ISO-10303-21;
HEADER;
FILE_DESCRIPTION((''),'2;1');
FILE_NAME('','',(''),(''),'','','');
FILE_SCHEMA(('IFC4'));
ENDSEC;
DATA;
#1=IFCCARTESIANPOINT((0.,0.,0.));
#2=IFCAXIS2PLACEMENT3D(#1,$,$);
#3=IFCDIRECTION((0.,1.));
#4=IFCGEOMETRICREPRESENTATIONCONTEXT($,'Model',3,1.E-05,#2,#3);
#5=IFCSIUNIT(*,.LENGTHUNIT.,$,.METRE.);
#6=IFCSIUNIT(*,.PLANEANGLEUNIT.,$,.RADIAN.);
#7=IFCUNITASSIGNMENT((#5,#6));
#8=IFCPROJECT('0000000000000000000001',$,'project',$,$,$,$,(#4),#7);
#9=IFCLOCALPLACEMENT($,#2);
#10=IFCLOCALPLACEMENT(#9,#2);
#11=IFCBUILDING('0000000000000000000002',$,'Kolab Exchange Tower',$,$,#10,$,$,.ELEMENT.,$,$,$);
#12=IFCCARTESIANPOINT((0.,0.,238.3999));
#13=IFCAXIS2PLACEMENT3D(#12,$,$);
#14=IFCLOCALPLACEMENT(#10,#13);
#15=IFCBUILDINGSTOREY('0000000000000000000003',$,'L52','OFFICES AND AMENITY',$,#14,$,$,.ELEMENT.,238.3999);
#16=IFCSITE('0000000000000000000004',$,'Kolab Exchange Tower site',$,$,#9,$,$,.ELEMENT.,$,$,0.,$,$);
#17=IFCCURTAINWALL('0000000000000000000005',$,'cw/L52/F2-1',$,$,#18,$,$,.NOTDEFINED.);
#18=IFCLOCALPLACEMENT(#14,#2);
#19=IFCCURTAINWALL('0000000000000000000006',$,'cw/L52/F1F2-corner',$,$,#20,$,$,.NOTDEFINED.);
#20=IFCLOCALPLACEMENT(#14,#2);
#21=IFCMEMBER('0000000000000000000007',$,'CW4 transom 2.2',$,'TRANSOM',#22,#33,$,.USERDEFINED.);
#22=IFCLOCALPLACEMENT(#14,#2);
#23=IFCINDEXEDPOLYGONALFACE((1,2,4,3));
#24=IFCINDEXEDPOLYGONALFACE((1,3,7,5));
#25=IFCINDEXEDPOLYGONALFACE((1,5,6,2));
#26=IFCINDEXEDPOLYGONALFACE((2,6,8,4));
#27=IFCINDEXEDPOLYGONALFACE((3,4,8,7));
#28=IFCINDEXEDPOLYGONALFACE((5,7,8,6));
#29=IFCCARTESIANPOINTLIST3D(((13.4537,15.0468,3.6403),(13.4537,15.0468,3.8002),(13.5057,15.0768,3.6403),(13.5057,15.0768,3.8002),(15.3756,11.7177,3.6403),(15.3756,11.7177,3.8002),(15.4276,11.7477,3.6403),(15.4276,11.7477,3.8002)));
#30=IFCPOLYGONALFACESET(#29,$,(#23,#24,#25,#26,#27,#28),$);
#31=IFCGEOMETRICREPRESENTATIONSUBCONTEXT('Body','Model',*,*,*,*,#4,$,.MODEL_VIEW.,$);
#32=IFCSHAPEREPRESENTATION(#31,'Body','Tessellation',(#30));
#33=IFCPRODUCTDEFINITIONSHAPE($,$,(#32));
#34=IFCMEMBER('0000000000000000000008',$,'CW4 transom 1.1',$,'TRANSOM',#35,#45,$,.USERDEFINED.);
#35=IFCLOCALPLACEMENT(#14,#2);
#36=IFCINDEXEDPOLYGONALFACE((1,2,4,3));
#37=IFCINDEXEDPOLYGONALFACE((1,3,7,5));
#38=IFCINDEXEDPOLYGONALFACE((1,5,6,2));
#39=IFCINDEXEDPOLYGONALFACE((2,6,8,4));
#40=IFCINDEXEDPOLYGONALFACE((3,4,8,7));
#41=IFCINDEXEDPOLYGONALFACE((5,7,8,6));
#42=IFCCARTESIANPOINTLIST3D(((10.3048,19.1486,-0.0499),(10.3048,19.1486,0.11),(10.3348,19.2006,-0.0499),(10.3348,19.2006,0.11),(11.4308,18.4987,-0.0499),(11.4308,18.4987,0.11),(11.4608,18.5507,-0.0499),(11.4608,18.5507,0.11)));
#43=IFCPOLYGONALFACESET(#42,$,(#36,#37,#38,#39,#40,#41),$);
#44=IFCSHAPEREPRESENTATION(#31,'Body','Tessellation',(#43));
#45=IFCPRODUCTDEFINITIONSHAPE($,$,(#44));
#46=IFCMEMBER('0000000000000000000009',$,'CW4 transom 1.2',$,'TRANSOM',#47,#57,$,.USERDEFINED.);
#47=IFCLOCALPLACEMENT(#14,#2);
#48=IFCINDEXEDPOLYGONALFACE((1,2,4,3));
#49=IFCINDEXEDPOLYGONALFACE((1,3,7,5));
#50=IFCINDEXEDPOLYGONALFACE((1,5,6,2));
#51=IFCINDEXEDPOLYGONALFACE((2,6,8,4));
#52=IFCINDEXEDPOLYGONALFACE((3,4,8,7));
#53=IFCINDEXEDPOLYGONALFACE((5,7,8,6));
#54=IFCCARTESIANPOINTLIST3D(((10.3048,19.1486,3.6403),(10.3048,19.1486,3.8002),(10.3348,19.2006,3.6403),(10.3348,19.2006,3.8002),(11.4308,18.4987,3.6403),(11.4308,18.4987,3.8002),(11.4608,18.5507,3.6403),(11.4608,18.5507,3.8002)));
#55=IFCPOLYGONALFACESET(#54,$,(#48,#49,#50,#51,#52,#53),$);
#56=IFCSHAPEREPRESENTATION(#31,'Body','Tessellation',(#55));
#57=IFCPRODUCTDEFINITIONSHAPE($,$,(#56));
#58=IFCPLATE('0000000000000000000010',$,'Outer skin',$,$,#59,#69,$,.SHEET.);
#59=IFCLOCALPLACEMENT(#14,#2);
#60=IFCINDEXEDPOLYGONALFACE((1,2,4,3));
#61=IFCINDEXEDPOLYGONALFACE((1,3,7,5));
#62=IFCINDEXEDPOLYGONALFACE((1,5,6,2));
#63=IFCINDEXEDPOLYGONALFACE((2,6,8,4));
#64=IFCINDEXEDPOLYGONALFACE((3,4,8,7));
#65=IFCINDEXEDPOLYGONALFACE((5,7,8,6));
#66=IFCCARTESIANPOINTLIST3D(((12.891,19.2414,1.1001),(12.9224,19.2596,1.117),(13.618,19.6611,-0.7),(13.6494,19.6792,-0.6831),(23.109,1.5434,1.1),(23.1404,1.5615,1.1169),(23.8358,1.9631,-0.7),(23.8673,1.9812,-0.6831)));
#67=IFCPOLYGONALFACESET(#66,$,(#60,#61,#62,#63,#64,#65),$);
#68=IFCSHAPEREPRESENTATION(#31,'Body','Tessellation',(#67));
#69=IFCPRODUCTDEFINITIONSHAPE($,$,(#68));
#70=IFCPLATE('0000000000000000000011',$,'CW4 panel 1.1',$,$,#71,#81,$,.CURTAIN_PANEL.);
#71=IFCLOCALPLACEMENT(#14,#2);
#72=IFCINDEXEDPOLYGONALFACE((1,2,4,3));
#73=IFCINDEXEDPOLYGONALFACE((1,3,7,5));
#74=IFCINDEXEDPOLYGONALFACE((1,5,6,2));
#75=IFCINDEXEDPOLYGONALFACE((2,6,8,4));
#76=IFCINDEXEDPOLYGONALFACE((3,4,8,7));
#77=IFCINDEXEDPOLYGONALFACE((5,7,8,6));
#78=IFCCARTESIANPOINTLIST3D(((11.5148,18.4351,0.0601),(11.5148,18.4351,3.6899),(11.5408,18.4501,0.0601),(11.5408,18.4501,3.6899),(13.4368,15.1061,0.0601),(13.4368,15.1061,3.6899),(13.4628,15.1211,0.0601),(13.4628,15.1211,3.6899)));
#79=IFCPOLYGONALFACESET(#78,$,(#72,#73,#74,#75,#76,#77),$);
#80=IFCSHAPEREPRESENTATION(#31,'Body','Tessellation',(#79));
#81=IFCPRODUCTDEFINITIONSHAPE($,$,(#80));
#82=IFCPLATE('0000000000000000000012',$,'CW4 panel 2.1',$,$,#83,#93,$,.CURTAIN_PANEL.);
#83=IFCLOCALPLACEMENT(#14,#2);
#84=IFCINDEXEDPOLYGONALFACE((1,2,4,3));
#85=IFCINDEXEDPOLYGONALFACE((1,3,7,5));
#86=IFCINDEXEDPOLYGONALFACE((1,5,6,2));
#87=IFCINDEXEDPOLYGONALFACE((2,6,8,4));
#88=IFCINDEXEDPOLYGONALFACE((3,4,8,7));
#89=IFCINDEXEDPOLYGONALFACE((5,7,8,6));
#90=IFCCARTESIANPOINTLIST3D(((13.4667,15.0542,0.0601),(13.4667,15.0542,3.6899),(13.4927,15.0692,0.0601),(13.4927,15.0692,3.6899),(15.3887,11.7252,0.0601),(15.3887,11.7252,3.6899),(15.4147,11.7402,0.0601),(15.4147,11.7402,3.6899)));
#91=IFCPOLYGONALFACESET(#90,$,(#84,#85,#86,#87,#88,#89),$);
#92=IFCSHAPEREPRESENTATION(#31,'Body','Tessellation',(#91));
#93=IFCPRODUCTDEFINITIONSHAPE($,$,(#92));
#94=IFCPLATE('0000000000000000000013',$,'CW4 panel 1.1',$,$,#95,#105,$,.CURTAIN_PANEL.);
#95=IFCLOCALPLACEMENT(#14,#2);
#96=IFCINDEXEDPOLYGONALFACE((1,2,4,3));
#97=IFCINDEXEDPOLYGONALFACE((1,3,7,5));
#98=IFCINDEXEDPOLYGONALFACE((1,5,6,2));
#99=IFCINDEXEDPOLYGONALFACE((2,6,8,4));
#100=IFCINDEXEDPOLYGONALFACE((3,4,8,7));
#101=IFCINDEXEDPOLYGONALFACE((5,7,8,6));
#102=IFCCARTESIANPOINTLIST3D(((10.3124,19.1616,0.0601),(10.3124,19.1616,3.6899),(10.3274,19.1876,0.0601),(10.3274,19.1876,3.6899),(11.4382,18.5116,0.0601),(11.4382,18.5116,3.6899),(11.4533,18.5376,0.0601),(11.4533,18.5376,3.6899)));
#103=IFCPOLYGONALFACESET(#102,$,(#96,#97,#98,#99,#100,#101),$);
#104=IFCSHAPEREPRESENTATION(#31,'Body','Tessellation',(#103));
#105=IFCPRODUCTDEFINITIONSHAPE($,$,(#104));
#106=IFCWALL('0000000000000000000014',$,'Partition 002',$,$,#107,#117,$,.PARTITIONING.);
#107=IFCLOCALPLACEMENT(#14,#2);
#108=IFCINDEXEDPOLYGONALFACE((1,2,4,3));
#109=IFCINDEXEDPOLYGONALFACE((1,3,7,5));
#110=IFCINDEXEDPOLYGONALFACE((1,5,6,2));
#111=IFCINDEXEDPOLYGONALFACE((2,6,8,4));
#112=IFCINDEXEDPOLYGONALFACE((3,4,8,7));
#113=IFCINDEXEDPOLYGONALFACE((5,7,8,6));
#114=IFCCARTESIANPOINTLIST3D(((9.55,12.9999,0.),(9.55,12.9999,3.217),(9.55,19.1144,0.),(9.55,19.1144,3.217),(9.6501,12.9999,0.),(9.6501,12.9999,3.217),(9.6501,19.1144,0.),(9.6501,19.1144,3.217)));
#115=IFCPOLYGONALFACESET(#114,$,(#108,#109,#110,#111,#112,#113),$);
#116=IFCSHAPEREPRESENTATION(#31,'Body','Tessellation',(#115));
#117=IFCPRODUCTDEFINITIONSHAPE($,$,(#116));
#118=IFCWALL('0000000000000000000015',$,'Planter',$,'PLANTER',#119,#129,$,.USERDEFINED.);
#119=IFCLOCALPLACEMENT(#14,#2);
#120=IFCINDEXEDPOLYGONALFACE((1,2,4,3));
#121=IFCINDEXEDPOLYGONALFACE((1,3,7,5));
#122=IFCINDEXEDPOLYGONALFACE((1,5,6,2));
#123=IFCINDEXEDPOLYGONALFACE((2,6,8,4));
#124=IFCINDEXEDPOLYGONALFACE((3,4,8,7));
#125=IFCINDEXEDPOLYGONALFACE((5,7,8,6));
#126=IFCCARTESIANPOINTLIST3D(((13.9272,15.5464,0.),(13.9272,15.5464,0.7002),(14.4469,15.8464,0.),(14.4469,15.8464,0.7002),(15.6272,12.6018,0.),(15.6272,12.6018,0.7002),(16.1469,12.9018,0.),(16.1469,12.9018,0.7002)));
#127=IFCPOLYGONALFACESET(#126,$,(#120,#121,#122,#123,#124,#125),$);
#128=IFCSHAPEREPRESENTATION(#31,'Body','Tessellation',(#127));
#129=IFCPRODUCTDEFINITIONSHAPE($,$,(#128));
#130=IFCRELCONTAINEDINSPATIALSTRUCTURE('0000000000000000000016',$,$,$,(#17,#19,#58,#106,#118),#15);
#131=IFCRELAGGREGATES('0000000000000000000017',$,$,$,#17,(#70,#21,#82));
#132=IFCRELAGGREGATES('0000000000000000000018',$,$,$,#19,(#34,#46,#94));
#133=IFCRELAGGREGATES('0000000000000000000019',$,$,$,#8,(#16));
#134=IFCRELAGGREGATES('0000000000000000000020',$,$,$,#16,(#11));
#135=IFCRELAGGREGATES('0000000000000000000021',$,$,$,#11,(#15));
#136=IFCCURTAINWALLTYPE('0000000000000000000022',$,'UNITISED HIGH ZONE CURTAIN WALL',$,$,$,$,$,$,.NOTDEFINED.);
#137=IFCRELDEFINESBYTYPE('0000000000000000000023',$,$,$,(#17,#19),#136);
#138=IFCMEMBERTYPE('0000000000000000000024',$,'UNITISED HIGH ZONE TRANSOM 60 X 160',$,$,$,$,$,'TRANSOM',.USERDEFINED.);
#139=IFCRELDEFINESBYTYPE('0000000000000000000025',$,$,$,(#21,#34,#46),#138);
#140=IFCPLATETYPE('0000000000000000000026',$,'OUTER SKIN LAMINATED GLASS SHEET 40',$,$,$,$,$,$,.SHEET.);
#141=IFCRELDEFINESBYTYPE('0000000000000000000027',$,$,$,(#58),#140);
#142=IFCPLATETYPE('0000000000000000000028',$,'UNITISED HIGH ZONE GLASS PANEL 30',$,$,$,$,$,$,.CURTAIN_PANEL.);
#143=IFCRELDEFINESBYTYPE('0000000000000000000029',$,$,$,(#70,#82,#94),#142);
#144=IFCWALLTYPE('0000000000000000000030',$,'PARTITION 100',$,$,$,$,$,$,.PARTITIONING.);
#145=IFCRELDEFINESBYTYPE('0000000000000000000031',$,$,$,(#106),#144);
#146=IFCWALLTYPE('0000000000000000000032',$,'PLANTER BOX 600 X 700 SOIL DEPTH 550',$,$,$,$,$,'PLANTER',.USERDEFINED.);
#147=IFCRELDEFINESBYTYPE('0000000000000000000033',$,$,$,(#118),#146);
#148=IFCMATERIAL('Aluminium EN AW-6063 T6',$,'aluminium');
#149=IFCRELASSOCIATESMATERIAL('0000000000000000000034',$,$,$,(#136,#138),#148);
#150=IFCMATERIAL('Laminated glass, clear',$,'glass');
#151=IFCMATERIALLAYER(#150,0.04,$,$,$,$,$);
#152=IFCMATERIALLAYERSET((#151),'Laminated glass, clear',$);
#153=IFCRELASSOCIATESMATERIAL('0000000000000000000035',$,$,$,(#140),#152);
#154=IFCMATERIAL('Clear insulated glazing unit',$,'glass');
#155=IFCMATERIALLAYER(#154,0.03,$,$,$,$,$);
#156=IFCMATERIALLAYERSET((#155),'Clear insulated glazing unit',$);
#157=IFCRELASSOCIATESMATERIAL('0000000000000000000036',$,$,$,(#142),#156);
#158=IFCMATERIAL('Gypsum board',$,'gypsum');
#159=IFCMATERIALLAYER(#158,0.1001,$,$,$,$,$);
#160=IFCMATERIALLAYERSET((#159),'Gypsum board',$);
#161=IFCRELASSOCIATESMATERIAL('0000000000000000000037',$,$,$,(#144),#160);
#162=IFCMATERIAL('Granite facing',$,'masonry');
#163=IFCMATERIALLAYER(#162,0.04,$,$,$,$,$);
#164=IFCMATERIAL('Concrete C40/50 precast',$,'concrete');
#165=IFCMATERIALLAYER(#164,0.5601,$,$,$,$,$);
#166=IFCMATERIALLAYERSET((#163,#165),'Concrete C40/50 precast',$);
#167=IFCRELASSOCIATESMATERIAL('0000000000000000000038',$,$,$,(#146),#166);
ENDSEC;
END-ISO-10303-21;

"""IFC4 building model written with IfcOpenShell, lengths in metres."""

from ifc_helpers import new_model, si_unit, direction, frame, frame_2d, origin, origin_2d, place, context, subcontext, project, spatial, polyline, rectangle, outline, extrude, material, layer, layer_set, material_profile, profile_set, type_object, element, aggregate, save


model = new_model("IFC4")

# Units and contexts
model_context = context("Model", 3, precision=1e-05, world=origin(), true_north=direction((0.0, 1.0)))
body_context = subcontext(model_context, "Body", "Model", "MODEL_VIEW")
ifc_project = project(units=[si_unit("LENGTHUNIT", "METRE"), si_unit("PLANEANGLEUNIT", "RADIAN")], contexts=[model_context])

# Site, building, storey
site_placement = place(None, origin())
site = spatial("IfcSite", under=ifc_project, at=site_placement, Name="Kolab Exchange Tower site", CompositionType="ELEMENT", RefElevation=0.0)
building_placement = place(site_placement, origin())
building = spatial("IfcBuilding", under=site, at=building_placement, Name="Kolab Exchange Tower", CompositionType="ELEMENT")
storey_placement = place(building_placement, frame((0.0, 0.0, 238.3999)))
storey = spatial("IfcBuildingStorey", under=building, at=storey_placement, Name="L52", Description="OFFICES AND AMENITY", CompositionType="ELEMENT", Elevation=238.3999)

# Shared definitions
ifc_material_1 = material(Name="Aluminium EN AW-6063 T6", Category="aluminium")
curtain_wall_type = type_object("IfcCurtainWallType", Name="UNITISED HIGH ZONE CURTAIN WALL", PredefinedType="NOTDEFINED", material=ifc_material_1)

# Curtain walls
curtain_wall_1_placement = place(storey_placement, origin())
curtain_wall_1 = element("IfcCurtainWall", 1, at=curtain_wall_1_placement, inside=storey, type_object=curtain_wall_type, Name="cw/L52/F2-1", PredefinedType="NOTDEFINED")
curtain_wall_2_placement = place(storey_placement, origin())
curtain_wall_2 = element("IfcCurtainWall", 2, at=curtain_wall_2_placement, inside=storey, type_object=curtain_wall_type, Name="cw/L52/F1F2-corner", PredefinedType="NOTDEFINED")

# Members
ifc_material_profile_1 = material_profile(ifc_material_1, rectangle(XDim=0.0601, YDim=0.1599, at=origin_2d()), Name="RECT 60X160")
ifc_profile_set_1 = profile_set([ifc_material_profile_1], Name="Aluminium EN AW-6063 T6")
member_type_1 = type_object("IfcMemberType", Name="UNITISED HIGH ZONE TRANSOM 60 X 160", ElementType="TRANSOM", PredefinedType="USERDEFINED", material=ifc_profile_set_1)
member_1_placement = place(storey_placement, frame((13.4797, 15.0618, 3.7202), z_axis=(0.499964, -0.866046, 0.0), x_axis=(0.866046, 0.499964, 0.0)))
member_1 = element("IfcMember", 3, at=member_1_placement, type_object=member_type_1, Name="CW4 transom 2.2", ObjectType="TRANSOM", PredefinedType="USERDEFINED", context=body_context, shape_type="SweptSolid", body=[
    extrude(rectangle(XDim=0.0601, YDim=0.1599, at=origin_2d()), origin(), (0.0, 0.0, 1.0), 3.844),
])
member_2_placement = place(storey_placement, frame((10.3198, 19.1746, 0.03), z_axis=(0.866086, -0.499896, 0.0), x_axis=(0.499896, 0.866086, 0.0)))
member_2 = element("IfcMember", 4, at=member_2_placement, type_object=member_type_1, Name="CW4 transom 1.1", ObjectType="TRANSOM", PredefinedType="USERDEFINED", context=body_context, shape_type="SweptSolid", body=[
    extrude(rectangle(XDim=0.0601, YDim=0.1599, at=origin_2d()), origin(), (0.0, 0.0, 1.0), 1.3),
])
member_3_placement = place(storey_placement, frame((10.3198, 19.1746, 3.7202), z_axis=(0.866086, -0.499896, 0.0), x_axis=(0.499896, 0.866086, 0.0)))
member_3 = element("IfcMember", 5, at=member_3_placement, type_object=member_type_1, Name="CW4 transom 1.2", ObjectType="TRANSOM", PredefinedType="USERDEFINED", context=body_context, shape_type="SweptSolid", body=[
    extrude(rectangle(XDim=0.0601, YDim=0.1599, at=origin_2d()), origin(), (0.0, 0.0, 1.0), 1.3),
])

# Plates
ifc_material_2 = material(Name="Laminated glass, clear", Category="glass")
ifc_layer_1 = layer(ifc_material_2, 0.04)
ifc_layer_set_1 = layer_set([ifc_layer_1], Name="Laminated glass, clear")
plate_type_1 = type_object("IfcPlateType", Name="OUTER SKIN LAMINATED GLASS SHEET 40", PredefinedType="SHEET", material=ifc_layer_set_1)
plate_1_placement = place(storey_placement, frame((13.6494, 19.6792, -0.6831), z_axis=(0.784886, 0.453152, 0.422619), x_axis=(0.499997, -0.866027, 0.000002)))
element("IfcPlate", 6, at=plate_1_placement, inside=storey, type_object=plate_type_1, Name="Outer skin", PredefinedType="SHEET", context=body_context, shape_type="SweptSolid", body=[
    extrude(outline(polyline([(0.0, 0.0), (20.4358, 0.0), (20.4359, -1.9861), (-0.0001, -1.9862), (0.0, 0.0)])), origin(), (0.0, 0.0, -1.0), 0.04),
])
ifc_material_3 = material(Name="Clear insulated glazing unit", Category="glass")
ifc_layer_2 = layer(ifc_material_3, 0.03)
ifc_layer_set_2 = layer_set([ifc_layer_2], Name="Clear insulated glazing unit")
plate_type_2 = type_object("IfcPlateType", Name="UNITISED HIGH ZONE GLASS PANEL 30", PredefinedType="CURTAIN_PANEL", material=ifc_layer_set_2)
plate_2_placement = place(storey_placement, frame((12.4888, 16.7781, 0.0601), z_axis=(0.0, 0.0, 1.0), x_axis=(0.5, -0.866025, 0.0)))
plate_2 = element("IfcPlate", 7, at=plate_2_placement, type_object=plate_type_2, Name="CW4 panel 1.1", PredefinedType="CURTAIN_PANEL", context=body_context, shape_type="SweptSolid", body=[
    extrude(rectangle(XDim=3.844, YDim=0.03, at=origin_2d()), origin(), (0.0, 0.0, 1.0), 3.6299),
])
plate_3_placement = place(storey_placement, frame((14.4407, 13.3972, 0.0601), z_axis=(0.0, 0.0, 1.0), x_axis=(0.5, -0.866025, 0.0)))
plate_3 = element("IfcPlate", 8, at=plate_3_placement, type_object=plate_type_2, Name="CW4 panel 2.1", PredefinedType="CURTAIN_PANEL", context=body_context, shape_type="SweptSolid", body=[
    extrude(rectangle(XDim=3.844, YDim=0.03, at=origin_2d()), origin(), (0.0, 0.0, 1.0), 3.6299),
])
aggregate(curtain_wall_1, [plate_2, member_1, plate_3])
plate_4_placement = place(storey_placement, frame((10.8828, 18.8496, 0.0601), z_axis=(0.0, 0.0, 1.0), x_axis=(0.866025, -0.5, 0.0)))
plate_4 = element("IfcPlate", 9, at=plate_4_placement, type_object=plate_type_2, Name="CW4 panel 1.1", PredefinedType="CURTAIN_PANEL", context=body_context, shape_type="SweptSolid", body=[
    extrude(rectangle(XDim=1.3, YDim=0.03, at=origin_2d()), origin(), (0.0, 0.0, 1.0), 3.6299),
])
aggregate(curtain_wall_2, [member_2, member_3, plate_4])

# Walls
ifc_material_4 = material(Name="Gypsum board", Category="gypsum")
ifc_layer_3 = layer(ifc_material_4, 0.1001)
ifc_layer_set_3 = layer_set([ifc_layer_3], Name="Gypsum board")
wall_type_1 = type_object("IfcWallType", Name="PARTITION 100", PredefinedType="PARTITIONING", material=ifc_layer_set_3)
wall_1_placement = place(storey_placement, frame((9.6001, 13.0, 0.0), z_axis=(0.0, 0.0, 1.0), x_axis=(0.0, 1.0, 0.0)))
element("IfcWall", 10, at=wall_1_placement, inside=storey, type_object=wall_type_1, Name="Partition 002", PredefinedType="PARTITIONING", context=body_context, shape_type="SweptSolid", body=[
    extrude(rectangle(XDim=6.1145, YDim=0.1001, at=frame_2d((3.0571, 0.0))), origin(), (0.0, 0.0, 1.0), 3.217),
])
ifc_material_5 = material(Name="Granite facing", Category="masonry")
ifc_layer_4 = layer(ifc_material_5, 0.04)
ifc_material_6 = material(Name="Concrete C40/50 precast", Category="concrete")
ifc_layer_5 = layer(ifc_material_6, 0.5601)
ifc_layer_set_4 = layer_set([ifc_layer_4, ifc_layer_5], Name="Concrete C40/50 precast")
wall_type_2 = type_object("IfcWallType", Name="PLANTER BOX 600 X 700 SOIL DEPTH 550", ElementType="PLANTER", PredefinedType="USERDEFINED", material=ifc_layer_set_4)
wall_2_placement = place(storey_placement, frame((14.187, 15.6965, 0.0), z_axis=(0.0, 0.0, 1.0), x_axis=(0.499977, -0.866039, 0.0)))
element("IfcWall", 11, at=wall_2_placement, inside=storey, type_object=wall_type_2, Name="Planter", ObjectType="PLANTER", PredefinedType="USERDEFINED", context=body_context, shape_type="SweptSolid", body=[
    extrude(rectangle(XDim=3.4001, YDim=0.6001, at=frame_2d((1.7002, 0.0))), origin(), (0.0, 0.0, 1.0), 0.7002),
])

save(model, "model.ifc")
